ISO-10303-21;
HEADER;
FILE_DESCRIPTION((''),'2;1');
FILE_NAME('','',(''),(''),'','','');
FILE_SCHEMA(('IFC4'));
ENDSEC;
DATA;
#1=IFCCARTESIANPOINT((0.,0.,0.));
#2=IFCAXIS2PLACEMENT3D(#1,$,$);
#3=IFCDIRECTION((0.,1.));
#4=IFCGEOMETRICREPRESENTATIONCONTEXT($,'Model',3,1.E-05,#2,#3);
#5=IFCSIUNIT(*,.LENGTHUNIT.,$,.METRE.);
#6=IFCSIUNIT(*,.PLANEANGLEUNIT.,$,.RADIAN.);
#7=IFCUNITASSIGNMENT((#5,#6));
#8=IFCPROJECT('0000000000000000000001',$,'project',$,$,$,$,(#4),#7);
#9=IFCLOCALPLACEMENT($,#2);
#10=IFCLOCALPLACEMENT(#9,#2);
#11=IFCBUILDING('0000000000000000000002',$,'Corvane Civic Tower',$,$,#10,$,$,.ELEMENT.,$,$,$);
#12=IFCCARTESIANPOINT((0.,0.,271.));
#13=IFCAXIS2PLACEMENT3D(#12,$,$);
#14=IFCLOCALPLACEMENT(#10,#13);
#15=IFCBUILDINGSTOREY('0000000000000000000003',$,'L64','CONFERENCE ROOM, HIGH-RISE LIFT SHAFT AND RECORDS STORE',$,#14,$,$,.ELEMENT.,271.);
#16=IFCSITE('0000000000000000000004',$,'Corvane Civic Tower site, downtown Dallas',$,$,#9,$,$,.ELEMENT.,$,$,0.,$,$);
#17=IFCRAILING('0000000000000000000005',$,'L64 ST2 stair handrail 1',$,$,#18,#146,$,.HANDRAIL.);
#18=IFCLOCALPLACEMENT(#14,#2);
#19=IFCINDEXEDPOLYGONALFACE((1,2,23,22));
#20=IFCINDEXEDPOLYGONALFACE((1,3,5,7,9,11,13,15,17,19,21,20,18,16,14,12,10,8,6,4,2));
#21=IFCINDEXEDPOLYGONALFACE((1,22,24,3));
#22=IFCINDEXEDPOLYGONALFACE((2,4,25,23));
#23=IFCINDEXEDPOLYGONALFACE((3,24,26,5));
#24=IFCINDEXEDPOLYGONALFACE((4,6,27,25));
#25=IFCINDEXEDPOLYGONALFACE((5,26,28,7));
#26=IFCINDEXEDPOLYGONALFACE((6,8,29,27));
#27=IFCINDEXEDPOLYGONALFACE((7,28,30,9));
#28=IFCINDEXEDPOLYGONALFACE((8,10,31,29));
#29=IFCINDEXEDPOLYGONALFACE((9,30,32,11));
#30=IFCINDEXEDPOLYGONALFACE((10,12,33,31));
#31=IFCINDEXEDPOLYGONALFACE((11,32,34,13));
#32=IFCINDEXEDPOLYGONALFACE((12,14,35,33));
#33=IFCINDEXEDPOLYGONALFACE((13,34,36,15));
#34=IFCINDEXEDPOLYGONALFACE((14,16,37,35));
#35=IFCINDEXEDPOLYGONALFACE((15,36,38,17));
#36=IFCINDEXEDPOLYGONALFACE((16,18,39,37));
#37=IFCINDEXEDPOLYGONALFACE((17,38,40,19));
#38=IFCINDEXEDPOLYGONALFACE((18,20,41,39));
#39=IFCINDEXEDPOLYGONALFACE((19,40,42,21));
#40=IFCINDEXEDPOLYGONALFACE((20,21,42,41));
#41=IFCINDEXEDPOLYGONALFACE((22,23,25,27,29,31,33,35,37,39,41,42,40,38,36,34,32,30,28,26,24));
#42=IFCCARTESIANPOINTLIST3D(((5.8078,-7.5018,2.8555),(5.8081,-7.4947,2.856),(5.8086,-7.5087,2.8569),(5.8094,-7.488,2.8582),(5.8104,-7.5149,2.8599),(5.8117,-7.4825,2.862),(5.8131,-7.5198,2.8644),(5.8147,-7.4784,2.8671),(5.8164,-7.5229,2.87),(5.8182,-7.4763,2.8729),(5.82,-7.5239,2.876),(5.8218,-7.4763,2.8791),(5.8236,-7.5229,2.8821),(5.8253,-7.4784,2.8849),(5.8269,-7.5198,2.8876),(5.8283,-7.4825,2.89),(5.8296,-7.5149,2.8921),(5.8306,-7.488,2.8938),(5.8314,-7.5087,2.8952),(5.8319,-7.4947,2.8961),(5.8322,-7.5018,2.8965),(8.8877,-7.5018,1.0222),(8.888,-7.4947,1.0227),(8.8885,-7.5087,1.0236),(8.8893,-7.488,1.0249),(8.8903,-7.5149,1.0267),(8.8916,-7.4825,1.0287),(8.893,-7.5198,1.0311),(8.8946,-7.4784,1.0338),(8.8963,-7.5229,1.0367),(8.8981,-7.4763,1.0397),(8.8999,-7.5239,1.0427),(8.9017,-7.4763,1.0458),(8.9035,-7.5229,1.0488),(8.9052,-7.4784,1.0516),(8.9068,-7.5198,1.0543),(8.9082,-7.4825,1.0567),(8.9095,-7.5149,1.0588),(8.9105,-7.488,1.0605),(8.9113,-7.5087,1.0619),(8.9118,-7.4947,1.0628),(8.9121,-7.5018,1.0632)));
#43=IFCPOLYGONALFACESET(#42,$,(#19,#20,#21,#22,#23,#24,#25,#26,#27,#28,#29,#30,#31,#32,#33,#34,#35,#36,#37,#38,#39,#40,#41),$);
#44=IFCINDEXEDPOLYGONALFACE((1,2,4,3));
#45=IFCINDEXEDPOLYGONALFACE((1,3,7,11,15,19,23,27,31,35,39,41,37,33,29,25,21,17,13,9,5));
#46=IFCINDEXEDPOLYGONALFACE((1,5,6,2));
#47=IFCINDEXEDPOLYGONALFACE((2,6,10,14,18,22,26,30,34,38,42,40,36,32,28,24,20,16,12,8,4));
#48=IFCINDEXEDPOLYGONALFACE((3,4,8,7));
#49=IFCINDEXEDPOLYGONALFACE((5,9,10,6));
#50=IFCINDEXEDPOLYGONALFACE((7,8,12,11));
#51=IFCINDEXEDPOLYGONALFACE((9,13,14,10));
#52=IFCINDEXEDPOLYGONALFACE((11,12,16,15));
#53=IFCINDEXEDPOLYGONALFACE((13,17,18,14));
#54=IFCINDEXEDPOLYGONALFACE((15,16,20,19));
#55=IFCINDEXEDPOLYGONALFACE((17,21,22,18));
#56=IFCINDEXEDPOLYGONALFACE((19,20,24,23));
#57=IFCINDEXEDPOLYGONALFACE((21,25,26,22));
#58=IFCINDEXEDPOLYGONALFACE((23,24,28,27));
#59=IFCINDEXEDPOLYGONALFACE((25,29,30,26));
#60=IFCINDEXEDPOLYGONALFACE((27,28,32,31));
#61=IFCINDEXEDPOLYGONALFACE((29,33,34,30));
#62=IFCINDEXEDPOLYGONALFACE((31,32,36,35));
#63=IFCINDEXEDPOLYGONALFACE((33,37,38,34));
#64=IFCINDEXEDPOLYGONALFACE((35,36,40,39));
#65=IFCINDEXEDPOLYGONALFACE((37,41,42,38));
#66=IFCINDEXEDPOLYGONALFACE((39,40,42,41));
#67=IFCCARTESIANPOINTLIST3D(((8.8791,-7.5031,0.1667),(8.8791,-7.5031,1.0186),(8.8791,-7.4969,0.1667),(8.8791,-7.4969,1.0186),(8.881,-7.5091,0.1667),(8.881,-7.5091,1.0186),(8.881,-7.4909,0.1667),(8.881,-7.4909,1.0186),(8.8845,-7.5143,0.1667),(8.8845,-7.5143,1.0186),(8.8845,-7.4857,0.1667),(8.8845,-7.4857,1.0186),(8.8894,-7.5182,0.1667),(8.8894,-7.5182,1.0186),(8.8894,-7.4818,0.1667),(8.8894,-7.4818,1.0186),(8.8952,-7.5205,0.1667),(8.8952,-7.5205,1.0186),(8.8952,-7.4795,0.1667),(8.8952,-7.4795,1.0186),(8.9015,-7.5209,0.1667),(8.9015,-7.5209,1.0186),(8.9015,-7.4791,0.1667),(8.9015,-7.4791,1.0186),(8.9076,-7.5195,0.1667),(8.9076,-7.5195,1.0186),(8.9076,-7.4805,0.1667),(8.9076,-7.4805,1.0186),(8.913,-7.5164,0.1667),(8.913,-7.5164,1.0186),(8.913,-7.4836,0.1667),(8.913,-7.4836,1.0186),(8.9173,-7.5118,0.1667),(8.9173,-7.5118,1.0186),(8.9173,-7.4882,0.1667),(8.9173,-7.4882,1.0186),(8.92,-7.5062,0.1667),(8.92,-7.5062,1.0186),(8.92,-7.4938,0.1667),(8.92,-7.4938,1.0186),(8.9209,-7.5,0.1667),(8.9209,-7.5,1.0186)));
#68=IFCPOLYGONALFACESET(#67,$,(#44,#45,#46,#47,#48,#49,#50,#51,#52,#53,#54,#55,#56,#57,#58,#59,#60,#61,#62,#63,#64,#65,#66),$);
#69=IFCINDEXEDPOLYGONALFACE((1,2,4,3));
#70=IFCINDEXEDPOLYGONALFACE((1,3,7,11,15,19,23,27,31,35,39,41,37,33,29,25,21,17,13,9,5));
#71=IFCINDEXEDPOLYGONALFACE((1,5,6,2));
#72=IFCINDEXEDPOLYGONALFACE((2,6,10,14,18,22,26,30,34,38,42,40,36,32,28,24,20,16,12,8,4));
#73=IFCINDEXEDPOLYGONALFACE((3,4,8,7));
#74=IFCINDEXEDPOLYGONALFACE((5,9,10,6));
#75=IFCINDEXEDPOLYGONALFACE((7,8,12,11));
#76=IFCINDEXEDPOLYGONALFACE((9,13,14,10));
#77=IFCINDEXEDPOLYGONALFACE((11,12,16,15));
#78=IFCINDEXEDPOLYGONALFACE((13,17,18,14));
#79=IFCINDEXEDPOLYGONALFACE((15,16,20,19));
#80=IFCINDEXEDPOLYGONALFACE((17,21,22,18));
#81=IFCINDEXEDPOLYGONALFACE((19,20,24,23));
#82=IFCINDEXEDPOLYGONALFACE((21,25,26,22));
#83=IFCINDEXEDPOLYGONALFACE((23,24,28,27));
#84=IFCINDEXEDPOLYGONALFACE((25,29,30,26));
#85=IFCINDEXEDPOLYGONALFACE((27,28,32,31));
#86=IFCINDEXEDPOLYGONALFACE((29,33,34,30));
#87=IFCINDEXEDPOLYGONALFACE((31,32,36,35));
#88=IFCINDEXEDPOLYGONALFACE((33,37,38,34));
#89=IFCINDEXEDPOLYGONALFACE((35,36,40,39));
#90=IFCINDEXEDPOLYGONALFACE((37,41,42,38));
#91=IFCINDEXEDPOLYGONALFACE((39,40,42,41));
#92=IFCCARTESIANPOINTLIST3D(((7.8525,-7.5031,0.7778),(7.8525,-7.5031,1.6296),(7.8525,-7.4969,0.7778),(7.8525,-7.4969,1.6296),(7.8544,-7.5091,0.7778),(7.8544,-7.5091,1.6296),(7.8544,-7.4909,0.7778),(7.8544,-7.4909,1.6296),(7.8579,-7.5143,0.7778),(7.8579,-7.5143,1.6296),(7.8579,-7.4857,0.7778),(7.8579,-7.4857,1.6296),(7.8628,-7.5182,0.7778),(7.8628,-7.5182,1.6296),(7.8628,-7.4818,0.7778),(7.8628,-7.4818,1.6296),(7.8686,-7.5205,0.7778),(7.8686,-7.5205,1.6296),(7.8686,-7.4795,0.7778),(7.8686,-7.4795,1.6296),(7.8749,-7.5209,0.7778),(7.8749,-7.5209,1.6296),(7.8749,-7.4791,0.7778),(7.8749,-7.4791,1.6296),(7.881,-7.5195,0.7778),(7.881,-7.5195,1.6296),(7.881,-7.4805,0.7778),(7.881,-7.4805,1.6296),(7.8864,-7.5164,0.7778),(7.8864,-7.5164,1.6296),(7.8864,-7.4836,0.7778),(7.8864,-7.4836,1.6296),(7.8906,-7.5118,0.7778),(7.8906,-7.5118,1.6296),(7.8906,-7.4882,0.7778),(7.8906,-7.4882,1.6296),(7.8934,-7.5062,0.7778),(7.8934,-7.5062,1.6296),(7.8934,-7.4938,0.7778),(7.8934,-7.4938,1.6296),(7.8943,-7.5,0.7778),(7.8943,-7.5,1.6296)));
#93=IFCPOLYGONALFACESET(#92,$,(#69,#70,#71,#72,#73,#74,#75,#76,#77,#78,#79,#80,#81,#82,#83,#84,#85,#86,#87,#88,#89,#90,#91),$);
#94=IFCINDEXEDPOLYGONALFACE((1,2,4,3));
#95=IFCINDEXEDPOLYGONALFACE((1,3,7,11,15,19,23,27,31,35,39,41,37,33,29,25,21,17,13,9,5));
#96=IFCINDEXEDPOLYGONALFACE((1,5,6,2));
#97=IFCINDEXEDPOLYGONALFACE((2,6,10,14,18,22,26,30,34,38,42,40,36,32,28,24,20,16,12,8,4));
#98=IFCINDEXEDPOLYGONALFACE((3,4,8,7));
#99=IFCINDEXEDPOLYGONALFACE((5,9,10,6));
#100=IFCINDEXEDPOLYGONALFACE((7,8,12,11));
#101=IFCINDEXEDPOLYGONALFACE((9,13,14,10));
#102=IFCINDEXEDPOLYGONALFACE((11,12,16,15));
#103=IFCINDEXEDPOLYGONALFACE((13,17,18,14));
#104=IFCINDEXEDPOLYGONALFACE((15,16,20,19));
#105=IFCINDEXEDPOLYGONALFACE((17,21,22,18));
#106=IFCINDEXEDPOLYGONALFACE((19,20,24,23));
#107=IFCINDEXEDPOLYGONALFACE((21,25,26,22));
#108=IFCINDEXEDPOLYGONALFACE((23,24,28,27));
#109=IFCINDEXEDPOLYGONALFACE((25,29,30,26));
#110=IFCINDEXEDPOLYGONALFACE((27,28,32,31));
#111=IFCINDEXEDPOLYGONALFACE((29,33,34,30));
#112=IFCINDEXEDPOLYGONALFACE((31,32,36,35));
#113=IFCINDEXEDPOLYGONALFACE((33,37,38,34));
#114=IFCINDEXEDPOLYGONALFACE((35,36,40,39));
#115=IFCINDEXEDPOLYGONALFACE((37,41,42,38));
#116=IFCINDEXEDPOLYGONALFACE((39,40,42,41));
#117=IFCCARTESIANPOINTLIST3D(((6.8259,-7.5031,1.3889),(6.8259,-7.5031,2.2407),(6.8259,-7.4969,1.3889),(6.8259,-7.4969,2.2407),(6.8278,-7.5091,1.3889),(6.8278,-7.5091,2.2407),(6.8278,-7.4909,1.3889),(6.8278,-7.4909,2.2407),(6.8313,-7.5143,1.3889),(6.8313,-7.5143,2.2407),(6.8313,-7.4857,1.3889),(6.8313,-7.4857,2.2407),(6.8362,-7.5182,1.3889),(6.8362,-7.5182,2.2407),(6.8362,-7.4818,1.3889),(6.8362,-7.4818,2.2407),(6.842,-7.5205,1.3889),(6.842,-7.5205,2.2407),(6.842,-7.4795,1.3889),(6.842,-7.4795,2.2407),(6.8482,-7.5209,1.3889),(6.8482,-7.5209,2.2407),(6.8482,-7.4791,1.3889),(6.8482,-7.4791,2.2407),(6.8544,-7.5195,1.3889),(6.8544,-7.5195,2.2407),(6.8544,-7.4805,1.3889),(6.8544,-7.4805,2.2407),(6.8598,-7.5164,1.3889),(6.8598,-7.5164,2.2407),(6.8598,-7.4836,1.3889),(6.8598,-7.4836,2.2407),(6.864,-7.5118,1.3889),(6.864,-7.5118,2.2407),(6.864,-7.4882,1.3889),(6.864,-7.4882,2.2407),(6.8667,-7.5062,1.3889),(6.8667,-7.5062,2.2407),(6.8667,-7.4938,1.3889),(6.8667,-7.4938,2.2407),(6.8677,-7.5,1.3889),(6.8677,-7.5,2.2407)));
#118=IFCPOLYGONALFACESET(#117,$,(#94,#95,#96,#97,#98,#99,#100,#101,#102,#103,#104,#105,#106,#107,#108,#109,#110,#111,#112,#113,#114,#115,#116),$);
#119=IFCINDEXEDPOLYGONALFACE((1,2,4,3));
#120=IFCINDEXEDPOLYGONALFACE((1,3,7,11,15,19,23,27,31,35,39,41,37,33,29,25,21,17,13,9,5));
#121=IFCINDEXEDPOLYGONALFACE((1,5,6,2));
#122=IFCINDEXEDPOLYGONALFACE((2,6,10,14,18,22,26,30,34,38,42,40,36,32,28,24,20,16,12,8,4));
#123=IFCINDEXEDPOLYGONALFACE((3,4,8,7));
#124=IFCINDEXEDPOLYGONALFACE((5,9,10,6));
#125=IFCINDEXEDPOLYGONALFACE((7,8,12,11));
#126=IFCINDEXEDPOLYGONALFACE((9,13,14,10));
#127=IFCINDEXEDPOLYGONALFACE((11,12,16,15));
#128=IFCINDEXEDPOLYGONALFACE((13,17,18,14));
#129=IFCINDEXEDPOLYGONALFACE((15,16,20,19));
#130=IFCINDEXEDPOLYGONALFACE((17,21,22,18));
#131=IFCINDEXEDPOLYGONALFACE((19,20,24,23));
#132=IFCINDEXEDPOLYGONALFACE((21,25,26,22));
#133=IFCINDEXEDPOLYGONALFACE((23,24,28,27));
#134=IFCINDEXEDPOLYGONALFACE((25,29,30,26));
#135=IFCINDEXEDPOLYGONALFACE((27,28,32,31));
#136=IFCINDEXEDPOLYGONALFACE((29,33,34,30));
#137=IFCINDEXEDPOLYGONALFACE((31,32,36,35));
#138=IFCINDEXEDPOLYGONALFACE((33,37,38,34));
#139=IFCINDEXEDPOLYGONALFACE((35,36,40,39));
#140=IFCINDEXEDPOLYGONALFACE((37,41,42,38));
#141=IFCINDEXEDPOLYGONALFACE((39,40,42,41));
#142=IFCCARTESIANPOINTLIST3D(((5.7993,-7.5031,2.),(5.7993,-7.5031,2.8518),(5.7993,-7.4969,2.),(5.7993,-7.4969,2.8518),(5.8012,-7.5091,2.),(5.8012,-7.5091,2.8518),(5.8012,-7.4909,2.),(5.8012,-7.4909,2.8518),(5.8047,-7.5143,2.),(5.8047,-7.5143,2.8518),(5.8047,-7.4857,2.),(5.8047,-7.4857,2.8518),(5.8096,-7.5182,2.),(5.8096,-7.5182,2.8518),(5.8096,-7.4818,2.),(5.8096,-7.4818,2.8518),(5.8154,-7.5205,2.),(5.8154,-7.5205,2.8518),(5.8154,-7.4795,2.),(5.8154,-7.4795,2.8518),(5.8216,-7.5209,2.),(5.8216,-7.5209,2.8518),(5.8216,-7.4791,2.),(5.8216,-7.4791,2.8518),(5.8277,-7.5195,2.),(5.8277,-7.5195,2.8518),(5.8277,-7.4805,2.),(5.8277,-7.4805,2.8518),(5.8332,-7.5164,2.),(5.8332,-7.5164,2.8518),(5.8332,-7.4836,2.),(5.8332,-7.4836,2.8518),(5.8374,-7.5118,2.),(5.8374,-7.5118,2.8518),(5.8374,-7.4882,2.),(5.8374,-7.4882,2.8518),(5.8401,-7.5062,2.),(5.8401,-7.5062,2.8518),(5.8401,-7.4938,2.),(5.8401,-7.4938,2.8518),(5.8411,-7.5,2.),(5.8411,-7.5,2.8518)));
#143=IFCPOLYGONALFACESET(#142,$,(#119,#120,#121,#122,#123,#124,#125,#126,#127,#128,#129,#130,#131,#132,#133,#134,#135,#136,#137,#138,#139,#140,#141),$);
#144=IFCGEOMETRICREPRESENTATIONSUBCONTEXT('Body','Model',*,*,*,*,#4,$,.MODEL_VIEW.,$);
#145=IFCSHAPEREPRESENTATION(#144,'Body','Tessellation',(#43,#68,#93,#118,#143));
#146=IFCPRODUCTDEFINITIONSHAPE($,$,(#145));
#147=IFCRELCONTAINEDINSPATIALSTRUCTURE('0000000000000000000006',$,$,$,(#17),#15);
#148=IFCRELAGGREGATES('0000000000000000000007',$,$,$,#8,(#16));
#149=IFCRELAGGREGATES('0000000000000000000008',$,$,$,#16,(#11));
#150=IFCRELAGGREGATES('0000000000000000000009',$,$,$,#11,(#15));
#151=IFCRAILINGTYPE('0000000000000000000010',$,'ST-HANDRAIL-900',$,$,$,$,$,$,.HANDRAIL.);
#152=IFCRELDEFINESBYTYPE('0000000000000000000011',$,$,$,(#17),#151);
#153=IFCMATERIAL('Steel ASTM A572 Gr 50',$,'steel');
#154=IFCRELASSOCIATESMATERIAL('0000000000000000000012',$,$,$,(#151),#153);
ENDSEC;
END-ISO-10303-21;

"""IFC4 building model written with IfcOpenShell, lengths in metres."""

from ifc_helpers import new_model, si_unit, direction, frame, origin, origin_2d, place, context, subcontext, project, spatial, circle, extrude, material, type_object, element, save


model = new_model("IFC4")

# Units and contexts
model_context = context("Model", 3, precision=1e-05, world=origin(), true_north=direction((0.0, 1.0)))
body_context = subcontext(model_context, "Body", "Model", "MODEL_VIEW")
ifc_project = project(units=[si_unit("LENGTHUNIT", "METRE"), si_unit("PLANEANGLEUNIT", "RADIAN")], contexts=[model_context])

# Site, building, storey
site_placement = place(None, origin())
site = spatial("IfcSite", under=ifc_project, at=site_placement, Name="Corvane Civic Tower site, downtown Dallas", CompositionType="ELEMENT", RefElevation=0.0)
building_placement = place(site_placement, origin())
building = spatial("IfcBuilding", under=site, at=building_placement, Name="Corvane Civic Tower", CompositionType="ELEMENT")
storey_placement = place(building_placement, frame((0.0, 0.0, 271.0)))
storey = spatial("IfcBuildingStorey", under=building, at=storey_placement, Name="L64", Description="CONFERENCE ROOM, HIGH-RISE LIFT SHAFT AND RECORDS STORE", CompositionType="ELEMENT", Elevation=271.0)

# Railing
ifc_material_1 = material(Name="Steel ASTM A572 Gr 50", Category="steel")
railing_type_1 = type_object("IfcRailingType", Name="ST-HANDRAIL-900", PredefinedType="HANDRAIL", material=ifc_material_1)
railing_1_placement = place(storey_placement, frame((8.8999, -7.5, 0.1667)))
element("IfcRailing", 1, at=railing_1_placement, inside=storey, type_object=railing_type_1, Name="L64 ST2 stair handrail 1", PredefinedType="HANDRAIL", context=body_context, shape_type="SweptSolid", body=[
    extrude(circle(Radius=0.0239, at=origin_2d()), frame((0.0, 0.0, 0.876), z_axis=(-0.859291, 0.0, 0.511487), x_axis=(0.0, -1.0, 0.0)), (0.0, 0.0, 1.0), 3.5842),
    extrude(circle(Radius=0.021, at=origin_2d()), origin(), (0.0, 0.0, 1.0), 0.8518),
    extrude(circle(Radius=0.021, at=origin_2d()), frame((-1.0266, 0.0, 0.6111)), (0.0, 0.0, 1.0), 0.8518),
    extrude(circle(Radius=0.021, at=origin_2d()), frame((-2.0532, 0.0, 1.2222)), (0.0, 0.0, 1.0), 0.8518),
    extrude(circle(Radius=0.021, at=origin_2d()), frame((-3.0798, 0.0, 1.8333)), (0.0, 0.0, 1.0), 0.8518),
])

save(model, "model.ifc")
